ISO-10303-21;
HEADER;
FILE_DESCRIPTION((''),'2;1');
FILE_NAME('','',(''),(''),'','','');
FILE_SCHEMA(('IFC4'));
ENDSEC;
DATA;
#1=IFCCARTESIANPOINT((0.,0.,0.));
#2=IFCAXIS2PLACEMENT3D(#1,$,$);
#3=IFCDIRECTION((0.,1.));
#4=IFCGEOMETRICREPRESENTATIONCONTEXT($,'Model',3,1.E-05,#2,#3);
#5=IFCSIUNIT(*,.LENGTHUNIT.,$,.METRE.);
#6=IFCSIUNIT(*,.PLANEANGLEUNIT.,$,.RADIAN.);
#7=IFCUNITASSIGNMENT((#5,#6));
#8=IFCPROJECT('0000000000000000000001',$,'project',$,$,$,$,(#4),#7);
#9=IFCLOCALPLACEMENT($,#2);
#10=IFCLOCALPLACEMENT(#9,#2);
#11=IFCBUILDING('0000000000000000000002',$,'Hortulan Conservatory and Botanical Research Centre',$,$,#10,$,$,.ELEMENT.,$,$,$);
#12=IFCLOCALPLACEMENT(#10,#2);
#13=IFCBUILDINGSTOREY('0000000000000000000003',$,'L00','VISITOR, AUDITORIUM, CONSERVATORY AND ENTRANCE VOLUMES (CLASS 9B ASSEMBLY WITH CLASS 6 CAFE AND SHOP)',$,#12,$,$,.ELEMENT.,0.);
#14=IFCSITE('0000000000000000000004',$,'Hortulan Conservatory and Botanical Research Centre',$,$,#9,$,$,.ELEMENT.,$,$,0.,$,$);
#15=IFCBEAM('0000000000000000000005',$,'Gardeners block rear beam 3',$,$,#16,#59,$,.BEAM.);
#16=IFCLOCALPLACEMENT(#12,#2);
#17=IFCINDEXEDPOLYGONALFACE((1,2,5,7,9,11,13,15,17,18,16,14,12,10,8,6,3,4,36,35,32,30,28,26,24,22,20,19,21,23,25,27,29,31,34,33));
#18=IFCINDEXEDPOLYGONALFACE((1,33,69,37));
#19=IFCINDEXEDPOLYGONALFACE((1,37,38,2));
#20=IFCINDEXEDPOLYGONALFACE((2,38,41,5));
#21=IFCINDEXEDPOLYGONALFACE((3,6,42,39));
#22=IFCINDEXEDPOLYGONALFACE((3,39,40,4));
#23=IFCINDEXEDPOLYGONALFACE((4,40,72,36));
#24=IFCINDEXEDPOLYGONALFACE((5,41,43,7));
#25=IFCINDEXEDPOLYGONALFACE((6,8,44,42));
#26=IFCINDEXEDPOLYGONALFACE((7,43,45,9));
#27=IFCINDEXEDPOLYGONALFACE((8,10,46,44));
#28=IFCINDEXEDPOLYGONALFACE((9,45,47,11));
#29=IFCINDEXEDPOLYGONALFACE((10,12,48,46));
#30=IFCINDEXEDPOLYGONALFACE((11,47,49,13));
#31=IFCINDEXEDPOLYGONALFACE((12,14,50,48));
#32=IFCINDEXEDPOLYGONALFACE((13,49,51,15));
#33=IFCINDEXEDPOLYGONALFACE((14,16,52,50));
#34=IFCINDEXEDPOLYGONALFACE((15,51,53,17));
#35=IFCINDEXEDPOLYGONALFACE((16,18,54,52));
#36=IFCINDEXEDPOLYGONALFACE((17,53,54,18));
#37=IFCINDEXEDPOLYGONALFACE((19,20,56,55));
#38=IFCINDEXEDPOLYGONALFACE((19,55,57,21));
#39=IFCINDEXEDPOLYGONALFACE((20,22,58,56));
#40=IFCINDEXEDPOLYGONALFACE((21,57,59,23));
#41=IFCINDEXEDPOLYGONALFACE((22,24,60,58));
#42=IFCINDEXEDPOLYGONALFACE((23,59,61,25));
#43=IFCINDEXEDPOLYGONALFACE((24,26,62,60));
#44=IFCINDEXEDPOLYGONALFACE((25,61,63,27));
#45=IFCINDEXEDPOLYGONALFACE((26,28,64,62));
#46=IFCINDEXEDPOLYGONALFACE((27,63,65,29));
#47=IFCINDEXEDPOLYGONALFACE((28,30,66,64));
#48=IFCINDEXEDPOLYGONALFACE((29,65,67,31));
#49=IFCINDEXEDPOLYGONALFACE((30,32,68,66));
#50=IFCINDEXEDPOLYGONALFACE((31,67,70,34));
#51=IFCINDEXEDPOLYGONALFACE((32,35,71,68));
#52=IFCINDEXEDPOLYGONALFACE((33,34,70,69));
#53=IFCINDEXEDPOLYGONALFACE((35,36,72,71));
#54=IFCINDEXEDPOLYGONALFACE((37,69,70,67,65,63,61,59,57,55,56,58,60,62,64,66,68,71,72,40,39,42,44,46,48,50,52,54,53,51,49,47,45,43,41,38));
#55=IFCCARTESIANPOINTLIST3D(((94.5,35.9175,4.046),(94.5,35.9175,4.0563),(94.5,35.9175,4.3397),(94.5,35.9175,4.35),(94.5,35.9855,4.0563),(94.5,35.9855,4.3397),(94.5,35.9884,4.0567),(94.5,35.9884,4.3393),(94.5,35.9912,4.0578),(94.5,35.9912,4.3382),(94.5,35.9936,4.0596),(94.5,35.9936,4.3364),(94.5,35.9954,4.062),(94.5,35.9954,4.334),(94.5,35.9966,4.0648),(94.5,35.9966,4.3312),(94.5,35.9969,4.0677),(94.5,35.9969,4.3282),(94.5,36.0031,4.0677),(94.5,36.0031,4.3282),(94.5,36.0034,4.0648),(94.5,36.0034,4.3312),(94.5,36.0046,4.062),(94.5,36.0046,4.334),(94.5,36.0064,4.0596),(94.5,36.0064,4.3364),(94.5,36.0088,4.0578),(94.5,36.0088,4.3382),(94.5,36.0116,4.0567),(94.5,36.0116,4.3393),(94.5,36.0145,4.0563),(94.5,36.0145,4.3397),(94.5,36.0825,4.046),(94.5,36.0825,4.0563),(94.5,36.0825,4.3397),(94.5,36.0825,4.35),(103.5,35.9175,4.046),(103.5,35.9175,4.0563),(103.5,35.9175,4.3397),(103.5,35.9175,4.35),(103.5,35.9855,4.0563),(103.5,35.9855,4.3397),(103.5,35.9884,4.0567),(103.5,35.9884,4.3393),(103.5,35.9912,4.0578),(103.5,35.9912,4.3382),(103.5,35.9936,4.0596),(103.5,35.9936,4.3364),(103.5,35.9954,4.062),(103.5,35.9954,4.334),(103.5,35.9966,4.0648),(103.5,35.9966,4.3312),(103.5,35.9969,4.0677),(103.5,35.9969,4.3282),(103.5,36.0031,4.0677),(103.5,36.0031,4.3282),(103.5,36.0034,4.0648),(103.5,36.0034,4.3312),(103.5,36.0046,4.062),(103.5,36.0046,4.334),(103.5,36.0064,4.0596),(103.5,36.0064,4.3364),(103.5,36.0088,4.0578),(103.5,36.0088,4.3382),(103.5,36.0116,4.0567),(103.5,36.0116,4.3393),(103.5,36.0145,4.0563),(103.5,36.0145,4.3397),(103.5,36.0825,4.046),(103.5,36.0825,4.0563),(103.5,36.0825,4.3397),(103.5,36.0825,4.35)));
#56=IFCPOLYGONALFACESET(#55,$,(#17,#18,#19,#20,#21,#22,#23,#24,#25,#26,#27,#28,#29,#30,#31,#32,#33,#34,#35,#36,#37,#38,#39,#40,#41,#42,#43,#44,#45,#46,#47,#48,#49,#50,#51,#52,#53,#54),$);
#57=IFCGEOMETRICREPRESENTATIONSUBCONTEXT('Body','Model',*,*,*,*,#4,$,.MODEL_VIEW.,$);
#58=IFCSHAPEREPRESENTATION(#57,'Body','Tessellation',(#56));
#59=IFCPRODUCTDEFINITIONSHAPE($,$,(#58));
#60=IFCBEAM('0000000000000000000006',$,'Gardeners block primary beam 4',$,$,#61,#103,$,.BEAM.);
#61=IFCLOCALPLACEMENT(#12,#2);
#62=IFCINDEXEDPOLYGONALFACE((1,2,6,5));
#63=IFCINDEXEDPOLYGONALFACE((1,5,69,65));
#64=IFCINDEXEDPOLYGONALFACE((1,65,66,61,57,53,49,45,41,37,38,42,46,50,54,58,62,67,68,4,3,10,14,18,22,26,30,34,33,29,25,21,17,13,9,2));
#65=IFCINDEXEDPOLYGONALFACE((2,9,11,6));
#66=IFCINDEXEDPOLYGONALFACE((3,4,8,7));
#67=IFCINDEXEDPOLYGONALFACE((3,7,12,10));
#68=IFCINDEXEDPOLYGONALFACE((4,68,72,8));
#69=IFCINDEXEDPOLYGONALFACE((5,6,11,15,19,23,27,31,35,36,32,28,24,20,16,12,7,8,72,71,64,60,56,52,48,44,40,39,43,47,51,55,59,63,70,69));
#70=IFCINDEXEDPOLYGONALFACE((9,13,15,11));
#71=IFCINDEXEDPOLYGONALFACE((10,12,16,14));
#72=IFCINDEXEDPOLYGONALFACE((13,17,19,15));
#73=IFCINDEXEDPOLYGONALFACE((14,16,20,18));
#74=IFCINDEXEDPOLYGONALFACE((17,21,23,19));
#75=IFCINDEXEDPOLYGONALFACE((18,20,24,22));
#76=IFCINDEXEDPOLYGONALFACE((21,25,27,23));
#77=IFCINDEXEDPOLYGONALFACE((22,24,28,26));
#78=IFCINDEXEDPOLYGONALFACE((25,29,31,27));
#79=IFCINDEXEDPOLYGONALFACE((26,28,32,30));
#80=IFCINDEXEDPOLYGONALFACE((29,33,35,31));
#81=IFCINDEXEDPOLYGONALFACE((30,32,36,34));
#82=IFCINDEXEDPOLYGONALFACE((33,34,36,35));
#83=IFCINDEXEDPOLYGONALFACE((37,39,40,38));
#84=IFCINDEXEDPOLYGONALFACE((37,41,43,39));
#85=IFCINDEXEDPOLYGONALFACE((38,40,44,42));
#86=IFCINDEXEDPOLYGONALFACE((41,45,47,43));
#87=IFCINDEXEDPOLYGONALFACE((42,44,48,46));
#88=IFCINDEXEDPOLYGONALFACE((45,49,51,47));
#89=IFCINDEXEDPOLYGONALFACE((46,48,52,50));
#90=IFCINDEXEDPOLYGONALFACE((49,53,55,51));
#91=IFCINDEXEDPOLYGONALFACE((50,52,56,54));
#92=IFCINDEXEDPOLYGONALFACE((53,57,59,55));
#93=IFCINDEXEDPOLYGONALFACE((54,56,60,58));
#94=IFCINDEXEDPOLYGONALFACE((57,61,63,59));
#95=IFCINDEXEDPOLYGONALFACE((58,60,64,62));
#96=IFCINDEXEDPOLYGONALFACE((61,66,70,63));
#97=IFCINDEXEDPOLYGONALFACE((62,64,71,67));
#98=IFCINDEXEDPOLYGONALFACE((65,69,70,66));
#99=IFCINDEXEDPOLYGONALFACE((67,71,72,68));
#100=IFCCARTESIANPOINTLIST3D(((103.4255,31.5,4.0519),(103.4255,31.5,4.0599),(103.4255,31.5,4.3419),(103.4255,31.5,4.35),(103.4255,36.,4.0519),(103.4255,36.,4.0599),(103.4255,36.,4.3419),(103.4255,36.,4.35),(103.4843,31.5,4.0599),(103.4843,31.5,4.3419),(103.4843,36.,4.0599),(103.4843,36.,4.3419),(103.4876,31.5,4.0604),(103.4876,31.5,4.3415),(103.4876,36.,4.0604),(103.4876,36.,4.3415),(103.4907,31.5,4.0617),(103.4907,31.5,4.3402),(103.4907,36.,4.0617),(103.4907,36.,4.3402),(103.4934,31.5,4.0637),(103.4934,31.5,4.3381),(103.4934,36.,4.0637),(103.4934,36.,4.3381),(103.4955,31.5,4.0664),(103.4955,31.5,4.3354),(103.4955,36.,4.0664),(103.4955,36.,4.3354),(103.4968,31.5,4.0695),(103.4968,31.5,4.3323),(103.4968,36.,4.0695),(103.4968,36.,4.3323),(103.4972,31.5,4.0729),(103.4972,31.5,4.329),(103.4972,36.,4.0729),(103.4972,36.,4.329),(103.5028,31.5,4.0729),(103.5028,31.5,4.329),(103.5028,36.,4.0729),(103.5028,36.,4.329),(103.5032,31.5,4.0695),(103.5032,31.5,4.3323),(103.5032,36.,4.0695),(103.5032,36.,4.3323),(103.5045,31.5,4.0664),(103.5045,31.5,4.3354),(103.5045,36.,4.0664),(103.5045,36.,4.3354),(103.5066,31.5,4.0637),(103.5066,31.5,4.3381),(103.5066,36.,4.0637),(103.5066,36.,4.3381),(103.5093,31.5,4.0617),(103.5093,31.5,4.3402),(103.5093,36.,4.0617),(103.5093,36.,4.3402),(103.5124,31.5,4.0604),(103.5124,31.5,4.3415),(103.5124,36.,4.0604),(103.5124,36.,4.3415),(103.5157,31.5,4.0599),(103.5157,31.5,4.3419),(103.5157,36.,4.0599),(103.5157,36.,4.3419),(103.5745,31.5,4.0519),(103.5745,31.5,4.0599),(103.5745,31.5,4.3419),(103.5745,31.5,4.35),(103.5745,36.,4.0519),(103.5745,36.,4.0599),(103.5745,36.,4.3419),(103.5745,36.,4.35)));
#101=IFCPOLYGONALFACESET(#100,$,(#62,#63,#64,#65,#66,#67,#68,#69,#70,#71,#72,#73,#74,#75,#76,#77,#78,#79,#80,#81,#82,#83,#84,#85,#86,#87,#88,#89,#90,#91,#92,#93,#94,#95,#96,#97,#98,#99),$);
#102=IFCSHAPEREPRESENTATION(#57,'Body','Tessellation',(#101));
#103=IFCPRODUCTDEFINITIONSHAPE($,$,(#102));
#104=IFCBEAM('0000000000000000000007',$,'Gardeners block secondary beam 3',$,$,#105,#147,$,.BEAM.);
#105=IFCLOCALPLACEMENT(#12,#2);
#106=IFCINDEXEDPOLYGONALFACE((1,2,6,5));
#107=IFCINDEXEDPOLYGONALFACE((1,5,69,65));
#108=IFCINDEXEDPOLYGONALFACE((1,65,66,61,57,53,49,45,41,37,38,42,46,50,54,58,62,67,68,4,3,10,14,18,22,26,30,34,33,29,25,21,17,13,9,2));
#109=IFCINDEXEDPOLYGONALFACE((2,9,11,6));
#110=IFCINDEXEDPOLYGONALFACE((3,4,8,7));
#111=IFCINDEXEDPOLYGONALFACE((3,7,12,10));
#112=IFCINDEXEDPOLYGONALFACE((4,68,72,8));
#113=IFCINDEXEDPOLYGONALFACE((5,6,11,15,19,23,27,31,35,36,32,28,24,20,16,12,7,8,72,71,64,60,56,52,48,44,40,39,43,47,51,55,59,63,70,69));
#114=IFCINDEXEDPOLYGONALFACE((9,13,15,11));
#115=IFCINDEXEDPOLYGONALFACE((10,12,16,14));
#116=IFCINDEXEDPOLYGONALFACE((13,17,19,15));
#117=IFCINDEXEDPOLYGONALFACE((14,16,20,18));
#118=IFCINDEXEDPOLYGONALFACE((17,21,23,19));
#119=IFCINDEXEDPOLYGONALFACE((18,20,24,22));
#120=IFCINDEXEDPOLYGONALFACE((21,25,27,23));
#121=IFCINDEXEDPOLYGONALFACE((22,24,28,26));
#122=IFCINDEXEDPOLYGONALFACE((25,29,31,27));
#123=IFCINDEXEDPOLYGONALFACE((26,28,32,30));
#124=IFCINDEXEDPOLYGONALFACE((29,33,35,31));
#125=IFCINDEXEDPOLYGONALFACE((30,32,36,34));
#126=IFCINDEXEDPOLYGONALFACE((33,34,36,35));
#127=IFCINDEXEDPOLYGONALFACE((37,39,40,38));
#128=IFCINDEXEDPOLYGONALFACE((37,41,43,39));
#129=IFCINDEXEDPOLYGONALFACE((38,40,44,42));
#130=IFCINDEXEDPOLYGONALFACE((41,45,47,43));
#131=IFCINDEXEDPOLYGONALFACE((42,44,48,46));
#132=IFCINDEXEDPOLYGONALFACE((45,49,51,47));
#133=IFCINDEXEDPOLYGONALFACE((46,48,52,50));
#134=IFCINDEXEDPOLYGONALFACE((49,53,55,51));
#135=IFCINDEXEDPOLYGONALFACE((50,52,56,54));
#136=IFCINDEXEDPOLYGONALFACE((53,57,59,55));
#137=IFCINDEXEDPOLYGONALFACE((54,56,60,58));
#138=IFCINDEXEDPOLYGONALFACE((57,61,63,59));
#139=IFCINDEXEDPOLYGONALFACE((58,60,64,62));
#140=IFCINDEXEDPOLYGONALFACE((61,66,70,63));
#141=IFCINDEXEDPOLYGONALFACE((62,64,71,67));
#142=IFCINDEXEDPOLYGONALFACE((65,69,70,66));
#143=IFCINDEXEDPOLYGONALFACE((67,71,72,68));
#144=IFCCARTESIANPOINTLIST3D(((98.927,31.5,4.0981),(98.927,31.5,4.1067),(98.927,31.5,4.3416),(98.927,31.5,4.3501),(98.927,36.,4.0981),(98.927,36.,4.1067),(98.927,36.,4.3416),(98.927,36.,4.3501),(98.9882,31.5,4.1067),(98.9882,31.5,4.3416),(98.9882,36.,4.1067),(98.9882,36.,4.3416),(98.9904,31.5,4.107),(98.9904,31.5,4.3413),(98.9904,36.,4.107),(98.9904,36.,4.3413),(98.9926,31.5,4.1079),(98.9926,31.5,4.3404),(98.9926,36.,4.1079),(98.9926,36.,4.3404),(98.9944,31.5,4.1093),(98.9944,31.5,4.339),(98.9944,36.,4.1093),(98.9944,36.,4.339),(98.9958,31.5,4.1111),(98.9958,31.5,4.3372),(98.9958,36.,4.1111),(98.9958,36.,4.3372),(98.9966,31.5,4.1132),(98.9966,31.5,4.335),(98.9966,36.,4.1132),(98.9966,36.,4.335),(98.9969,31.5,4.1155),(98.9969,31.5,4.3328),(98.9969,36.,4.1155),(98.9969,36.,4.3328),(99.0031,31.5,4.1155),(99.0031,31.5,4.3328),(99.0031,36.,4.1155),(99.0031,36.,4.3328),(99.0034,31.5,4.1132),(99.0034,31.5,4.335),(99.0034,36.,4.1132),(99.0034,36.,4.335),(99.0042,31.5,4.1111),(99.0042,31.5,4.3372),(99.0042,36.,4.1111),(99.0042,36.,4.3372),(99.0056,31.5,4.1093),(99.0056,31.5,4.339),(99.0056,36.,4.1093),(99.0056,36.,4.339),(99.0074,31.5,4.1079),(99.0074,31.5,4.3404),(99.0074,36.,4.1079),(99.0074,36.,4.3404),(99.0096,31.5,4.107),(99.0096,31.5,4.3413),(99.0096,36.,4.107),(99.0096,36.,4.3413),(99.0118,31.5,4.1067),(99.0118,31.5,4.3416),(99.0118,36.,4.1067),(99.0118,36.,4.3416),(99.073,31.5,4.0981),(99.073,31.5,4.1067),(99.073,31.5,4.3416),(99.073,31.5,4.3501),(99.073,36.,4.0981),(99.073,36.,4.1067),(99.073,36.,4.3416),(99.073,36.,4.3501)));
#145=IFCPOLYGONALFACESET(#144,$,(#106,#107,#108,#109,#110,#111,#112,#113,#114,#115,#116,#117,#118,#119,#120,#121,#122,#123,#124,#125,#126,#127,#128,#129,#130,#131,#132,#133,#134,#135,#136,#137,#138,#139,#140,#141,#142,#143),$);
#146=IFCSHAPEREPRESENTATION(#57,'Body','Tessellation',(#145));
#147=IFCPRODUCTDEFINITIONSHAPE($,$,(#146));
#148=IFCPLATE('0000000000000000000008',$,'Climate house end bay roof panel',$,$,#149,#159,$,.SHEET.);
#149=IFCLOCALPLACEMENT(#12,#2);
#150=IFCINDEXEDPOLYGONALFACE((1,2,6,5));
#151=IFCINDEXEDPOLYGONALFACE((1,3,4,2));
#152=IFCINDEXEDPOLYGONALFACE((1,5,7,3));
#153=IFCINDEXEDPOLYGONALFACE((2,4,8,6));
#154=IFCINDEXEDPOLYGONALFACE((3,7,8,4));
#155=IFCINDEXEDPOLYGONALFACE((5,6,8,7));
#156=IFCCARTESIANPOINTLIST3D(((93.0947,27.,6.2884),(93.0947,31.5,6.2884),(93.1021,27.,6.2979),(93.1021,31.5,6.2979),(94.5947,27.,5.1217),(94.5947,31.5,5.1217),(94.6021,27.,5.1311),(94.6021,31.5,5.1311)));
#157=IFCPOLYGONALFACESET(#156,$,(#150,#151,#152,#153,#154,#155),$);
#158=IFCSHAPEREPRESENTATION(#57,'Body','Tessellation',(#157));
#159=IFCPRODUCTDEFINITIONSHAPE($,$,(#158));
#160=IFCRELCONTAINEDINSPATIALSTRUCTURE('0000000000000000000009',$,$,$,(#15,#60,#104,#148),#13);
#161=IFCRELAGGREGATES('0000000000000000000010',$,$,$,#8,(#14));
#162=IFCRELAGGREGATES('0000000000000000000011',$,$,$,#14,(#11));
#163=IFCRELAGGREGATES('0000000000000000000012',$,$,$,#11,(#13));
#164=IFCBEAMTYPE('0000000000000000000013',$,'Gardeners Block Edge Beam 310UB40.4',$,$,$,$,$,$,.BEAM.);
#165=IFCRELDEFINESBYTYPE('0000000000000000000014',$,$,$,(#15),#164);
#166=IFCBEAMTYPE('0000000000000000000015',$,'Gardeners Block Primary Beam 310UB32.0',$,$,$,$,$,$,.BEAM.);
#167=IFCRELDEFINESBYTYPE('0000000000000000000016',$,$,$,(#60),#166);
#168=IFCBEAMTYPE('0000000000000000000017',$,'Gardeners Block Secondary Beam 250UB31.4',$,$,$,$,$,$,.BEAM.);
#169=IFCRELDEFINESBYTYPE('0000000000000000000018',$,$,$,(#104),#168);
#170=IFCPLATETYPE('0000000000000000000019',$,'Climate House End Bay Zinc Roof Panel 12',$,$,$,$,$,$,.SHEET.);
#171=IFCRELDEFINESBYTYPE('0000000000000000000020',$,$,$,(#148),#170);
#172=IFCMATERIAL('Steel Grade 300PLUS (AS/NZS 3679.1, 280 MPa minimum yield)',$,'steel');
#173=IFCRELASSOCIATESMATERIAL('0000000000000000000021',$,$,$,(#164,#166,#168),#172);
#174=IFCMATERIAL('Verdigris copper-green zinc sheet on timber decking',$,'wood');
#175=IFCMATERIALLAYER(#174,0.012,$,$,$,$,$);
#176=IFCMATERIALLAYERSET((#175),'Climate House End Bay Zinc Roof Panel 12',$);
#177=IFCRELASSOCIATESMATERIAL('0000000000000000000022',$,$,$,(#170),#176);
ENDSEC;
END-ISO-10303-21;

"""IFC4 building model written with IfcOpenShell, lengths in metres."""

from ifc_helpers import new_model, si_unit, direction, frame, origin, origin_2d, place, context, subcontext, project, spatial, polyline, i_section, outline, extrude, material, layer, layer_set, material_profile, profile_set, type_object, element, save


model = new_model("IFC4")

# Units and contexts
model_context = context("Model", 3, precision=1e-05, world=origin(), true_north=direction((0.0, 1.0)))
body_context = subcontext(model_context, "Body", "Model", "MODEL_VIEW")
ifc_project = project(units=[si_unit("LENGTHUNIT", "METRE"), si_unit("PLANEANGLEUNIT", "RADIAN")], contexts=[model_context])

# Site, building, storey
site_placement = place(None, origin())
site = spatial("IfcSite", under=ifc_project, at=site_placement, Name="Hortulan Conservatory and Botanical Research Centre", CompositionType="ELEMENT", RefElevation=0.0)
building_placement = place(site_placement, origin())
building = spatial("IfcBuilding", under=site, at=building_placement, Name="Hortulan Conservatory and Botanical Research Centre", CompositionType="ELEMENT")
storey_placement = place(building_placement, origin())
storey = spatial("IfcBuildingStorey", under=building, at=storey_placement, Name="L00", Description="VISITOR, AUDITORIUM, CONSERVATORY AND ENTRANCE VOLUMES (CLASS 9B ASSEMBLY WITH CLASS 6 CAFE AND SHOP)", CompositionType="ELEMENT", Elevation=0.0)

# Shared definitions
ifc_material_1 = material(Name="Steel Grade 300PLUS (AS/NZS 3679.1, 280 MPa minimum yield)", Category="steel")

# Beams
ifc_material_profile_1 = material_profile(ifc_material_1, i_section(OverallWidth=0.165, OverallDepth=0.304, WebThickness=0.0061, FlangeThickness=0.0103, FilletRadius=0.0115, at=origin_2d()), Name="310UB40.4")
ifc_profile_set_1 = profile_set([ifc_material_profile_1], Name="Steel Grade 300PLUS (AS/NZS 3679.1, 280 MPa minimum yield)")
beam_type_1 = type_object("IfcBeamType", Name="Gardeners Block Edge Beam 310UB40.4", PredefinedType="BEAM", material=ifc_profile_set_1)
beam_1_placement = place(storey_placement, frame((94.5, 36.0, 4.198), z_axis=(1.0, 0.0, 0.0), x_axis=(0.0, 1.0, 0.0)))
element("IfcBeam", 1, at=beam_1_placement, inside=storey, type_object=beam_type_1, Name="Gardeners block rear beam 3", PredefinedType="BEAM", context=body_context, shape_type="SweptSolid", body=[
    extrude(i_section(OverallWidth=0.165, OverallDepth=0.304, WebThickness=0.0061, FlangeThickness=0.0103, FilletRadius=0.0115, at=origin_2d()), origin(), (0.0, 0.0, 1.0), 9.0),
])
ifc_material_profile_2 = material_profile(ifc_material_1, i_section(OverallWidth=0.1489, OverallDepth=0.2981, WebThickness=0.0056, FlangeThickness=0.0081, FilletRadius=0.0129, at=origin_2d()), Name="310UB32.0")
ifc_profile_set_2 = profile_set([ifc_material_profile_2], Name="Steel Grade 300PLUS (AS/NZS 3679.1, 280 MPa minimum yield)")
beam_type_2 = type_object("IfcBeamType", Name="Gardeners Block Primary Beam 310UB32.0", PredefinedType="BEAM", material=ifc_profile_set_2)
beam_2_placement = place(storey_placement, frame((103.5, 31.5, 4.2009), z_axis=(0.0, 1.0, 0.0), x_axis=(-1.0, 0.0, 0.0)))
element("IfcBeam", 2, at=beam_2_placement, inside=storey, type_object=beam_type_2, Name="Gardeners block primary beam 4", PredefinedType="BEAM", context=body_context, shape_type="SweptSolid", body=[
    extrude(i_section(OverallWidth=0.1489, OverallDepth=0.2981, WebThickness=0.0056, FlangeThickness=0.0081, FilletRadius=0.0129, at=origin_2d()), origin(), (0.0, 0.0, 1.0), 4.5),
])
ifc_material_profile_3 = material_profile(ifc_material_1, i_section(OverallWidth=0.146, OverallDepth=0.252, WebThickness=0.0061, FlangeThickness=0.0085, FilletRadius=0.0088, at=origin_2d()), Name="250UB31.4")
ifc_profile_set_3 = profile_set([ifc_material_profile_3], Name="Steel Grade 300PLUS (AS/NZS 3679.1, 280 MPa minimum yield)")
beam_type_3 = type_object("IfcBeamType", Name="Gardeners Block Secondary Beam 250UB31.4", PredefinedType="BEAM", material=ifc_profile_set_3)
beam_3_placement = place(storey_placement, frame((99.0, 31.5, 4.2241), z_axis=(0.0, 1.0, 0.0), x_axis=(-1.0, 0.0, 0.0)))
element("IfcBeam", 3, at=beam_3_placement, inside=storey, type_object=beam_type_3, Name="Gardeners block secondary beam 3", PredefinedType="BEAM", context=body_context, shape_type="SweptSolid", body=[
    extrude(i_section(OverallWidth=0.146, OverallDepth=0.252, WebThickness=0.0061, FlangeThickness=0.0085, FilletRadius=0.0088, at=origin_2d()), origin(), (0.0, 0.0, 1.0), 4.5),
])

# Plate
ifc_material_2 = material(Name="Verdigris copper-green zinc sheet on timber decking", Category="wood")
ifc_layer_1 = layer(ifc_material_2, 0.012)
ifc_layer_set_1 = layer_set([ifc_layer_1], Name="Climate House End Bay Zinc Roof Panel 12")
plate_type = type_object("IfcPlateType", Name="Climate House End Bay Zinc Roof Panel 12", PredefinedType="SHEET", material=ifc_layer_set_1)
plate_placement = place(storey_placement, frame((94.6021, 31.5, 5.1311), z_axis=(0.613967, 0.0, 0.789331), x_axis=(-0.789331, 0.0, 0.613967)))
element("IfcPlate", 4, at=plate_placement, inside=storey, type_object=plate_type, Name="Climate house end bay roof panel", PredefinedType="SHEET", context=body_context, shape_type="SweptSolid", body=[
    extrude(outline(polyline([(0.0, 0.0), (1.9003, 0.0), (1.9003, 4.5), (0.0, 4.5), (0.0, 0.0)])), origin(), (0.0, 0.0, -1.0), 0.012),
])

save(model, "model.ifc")
